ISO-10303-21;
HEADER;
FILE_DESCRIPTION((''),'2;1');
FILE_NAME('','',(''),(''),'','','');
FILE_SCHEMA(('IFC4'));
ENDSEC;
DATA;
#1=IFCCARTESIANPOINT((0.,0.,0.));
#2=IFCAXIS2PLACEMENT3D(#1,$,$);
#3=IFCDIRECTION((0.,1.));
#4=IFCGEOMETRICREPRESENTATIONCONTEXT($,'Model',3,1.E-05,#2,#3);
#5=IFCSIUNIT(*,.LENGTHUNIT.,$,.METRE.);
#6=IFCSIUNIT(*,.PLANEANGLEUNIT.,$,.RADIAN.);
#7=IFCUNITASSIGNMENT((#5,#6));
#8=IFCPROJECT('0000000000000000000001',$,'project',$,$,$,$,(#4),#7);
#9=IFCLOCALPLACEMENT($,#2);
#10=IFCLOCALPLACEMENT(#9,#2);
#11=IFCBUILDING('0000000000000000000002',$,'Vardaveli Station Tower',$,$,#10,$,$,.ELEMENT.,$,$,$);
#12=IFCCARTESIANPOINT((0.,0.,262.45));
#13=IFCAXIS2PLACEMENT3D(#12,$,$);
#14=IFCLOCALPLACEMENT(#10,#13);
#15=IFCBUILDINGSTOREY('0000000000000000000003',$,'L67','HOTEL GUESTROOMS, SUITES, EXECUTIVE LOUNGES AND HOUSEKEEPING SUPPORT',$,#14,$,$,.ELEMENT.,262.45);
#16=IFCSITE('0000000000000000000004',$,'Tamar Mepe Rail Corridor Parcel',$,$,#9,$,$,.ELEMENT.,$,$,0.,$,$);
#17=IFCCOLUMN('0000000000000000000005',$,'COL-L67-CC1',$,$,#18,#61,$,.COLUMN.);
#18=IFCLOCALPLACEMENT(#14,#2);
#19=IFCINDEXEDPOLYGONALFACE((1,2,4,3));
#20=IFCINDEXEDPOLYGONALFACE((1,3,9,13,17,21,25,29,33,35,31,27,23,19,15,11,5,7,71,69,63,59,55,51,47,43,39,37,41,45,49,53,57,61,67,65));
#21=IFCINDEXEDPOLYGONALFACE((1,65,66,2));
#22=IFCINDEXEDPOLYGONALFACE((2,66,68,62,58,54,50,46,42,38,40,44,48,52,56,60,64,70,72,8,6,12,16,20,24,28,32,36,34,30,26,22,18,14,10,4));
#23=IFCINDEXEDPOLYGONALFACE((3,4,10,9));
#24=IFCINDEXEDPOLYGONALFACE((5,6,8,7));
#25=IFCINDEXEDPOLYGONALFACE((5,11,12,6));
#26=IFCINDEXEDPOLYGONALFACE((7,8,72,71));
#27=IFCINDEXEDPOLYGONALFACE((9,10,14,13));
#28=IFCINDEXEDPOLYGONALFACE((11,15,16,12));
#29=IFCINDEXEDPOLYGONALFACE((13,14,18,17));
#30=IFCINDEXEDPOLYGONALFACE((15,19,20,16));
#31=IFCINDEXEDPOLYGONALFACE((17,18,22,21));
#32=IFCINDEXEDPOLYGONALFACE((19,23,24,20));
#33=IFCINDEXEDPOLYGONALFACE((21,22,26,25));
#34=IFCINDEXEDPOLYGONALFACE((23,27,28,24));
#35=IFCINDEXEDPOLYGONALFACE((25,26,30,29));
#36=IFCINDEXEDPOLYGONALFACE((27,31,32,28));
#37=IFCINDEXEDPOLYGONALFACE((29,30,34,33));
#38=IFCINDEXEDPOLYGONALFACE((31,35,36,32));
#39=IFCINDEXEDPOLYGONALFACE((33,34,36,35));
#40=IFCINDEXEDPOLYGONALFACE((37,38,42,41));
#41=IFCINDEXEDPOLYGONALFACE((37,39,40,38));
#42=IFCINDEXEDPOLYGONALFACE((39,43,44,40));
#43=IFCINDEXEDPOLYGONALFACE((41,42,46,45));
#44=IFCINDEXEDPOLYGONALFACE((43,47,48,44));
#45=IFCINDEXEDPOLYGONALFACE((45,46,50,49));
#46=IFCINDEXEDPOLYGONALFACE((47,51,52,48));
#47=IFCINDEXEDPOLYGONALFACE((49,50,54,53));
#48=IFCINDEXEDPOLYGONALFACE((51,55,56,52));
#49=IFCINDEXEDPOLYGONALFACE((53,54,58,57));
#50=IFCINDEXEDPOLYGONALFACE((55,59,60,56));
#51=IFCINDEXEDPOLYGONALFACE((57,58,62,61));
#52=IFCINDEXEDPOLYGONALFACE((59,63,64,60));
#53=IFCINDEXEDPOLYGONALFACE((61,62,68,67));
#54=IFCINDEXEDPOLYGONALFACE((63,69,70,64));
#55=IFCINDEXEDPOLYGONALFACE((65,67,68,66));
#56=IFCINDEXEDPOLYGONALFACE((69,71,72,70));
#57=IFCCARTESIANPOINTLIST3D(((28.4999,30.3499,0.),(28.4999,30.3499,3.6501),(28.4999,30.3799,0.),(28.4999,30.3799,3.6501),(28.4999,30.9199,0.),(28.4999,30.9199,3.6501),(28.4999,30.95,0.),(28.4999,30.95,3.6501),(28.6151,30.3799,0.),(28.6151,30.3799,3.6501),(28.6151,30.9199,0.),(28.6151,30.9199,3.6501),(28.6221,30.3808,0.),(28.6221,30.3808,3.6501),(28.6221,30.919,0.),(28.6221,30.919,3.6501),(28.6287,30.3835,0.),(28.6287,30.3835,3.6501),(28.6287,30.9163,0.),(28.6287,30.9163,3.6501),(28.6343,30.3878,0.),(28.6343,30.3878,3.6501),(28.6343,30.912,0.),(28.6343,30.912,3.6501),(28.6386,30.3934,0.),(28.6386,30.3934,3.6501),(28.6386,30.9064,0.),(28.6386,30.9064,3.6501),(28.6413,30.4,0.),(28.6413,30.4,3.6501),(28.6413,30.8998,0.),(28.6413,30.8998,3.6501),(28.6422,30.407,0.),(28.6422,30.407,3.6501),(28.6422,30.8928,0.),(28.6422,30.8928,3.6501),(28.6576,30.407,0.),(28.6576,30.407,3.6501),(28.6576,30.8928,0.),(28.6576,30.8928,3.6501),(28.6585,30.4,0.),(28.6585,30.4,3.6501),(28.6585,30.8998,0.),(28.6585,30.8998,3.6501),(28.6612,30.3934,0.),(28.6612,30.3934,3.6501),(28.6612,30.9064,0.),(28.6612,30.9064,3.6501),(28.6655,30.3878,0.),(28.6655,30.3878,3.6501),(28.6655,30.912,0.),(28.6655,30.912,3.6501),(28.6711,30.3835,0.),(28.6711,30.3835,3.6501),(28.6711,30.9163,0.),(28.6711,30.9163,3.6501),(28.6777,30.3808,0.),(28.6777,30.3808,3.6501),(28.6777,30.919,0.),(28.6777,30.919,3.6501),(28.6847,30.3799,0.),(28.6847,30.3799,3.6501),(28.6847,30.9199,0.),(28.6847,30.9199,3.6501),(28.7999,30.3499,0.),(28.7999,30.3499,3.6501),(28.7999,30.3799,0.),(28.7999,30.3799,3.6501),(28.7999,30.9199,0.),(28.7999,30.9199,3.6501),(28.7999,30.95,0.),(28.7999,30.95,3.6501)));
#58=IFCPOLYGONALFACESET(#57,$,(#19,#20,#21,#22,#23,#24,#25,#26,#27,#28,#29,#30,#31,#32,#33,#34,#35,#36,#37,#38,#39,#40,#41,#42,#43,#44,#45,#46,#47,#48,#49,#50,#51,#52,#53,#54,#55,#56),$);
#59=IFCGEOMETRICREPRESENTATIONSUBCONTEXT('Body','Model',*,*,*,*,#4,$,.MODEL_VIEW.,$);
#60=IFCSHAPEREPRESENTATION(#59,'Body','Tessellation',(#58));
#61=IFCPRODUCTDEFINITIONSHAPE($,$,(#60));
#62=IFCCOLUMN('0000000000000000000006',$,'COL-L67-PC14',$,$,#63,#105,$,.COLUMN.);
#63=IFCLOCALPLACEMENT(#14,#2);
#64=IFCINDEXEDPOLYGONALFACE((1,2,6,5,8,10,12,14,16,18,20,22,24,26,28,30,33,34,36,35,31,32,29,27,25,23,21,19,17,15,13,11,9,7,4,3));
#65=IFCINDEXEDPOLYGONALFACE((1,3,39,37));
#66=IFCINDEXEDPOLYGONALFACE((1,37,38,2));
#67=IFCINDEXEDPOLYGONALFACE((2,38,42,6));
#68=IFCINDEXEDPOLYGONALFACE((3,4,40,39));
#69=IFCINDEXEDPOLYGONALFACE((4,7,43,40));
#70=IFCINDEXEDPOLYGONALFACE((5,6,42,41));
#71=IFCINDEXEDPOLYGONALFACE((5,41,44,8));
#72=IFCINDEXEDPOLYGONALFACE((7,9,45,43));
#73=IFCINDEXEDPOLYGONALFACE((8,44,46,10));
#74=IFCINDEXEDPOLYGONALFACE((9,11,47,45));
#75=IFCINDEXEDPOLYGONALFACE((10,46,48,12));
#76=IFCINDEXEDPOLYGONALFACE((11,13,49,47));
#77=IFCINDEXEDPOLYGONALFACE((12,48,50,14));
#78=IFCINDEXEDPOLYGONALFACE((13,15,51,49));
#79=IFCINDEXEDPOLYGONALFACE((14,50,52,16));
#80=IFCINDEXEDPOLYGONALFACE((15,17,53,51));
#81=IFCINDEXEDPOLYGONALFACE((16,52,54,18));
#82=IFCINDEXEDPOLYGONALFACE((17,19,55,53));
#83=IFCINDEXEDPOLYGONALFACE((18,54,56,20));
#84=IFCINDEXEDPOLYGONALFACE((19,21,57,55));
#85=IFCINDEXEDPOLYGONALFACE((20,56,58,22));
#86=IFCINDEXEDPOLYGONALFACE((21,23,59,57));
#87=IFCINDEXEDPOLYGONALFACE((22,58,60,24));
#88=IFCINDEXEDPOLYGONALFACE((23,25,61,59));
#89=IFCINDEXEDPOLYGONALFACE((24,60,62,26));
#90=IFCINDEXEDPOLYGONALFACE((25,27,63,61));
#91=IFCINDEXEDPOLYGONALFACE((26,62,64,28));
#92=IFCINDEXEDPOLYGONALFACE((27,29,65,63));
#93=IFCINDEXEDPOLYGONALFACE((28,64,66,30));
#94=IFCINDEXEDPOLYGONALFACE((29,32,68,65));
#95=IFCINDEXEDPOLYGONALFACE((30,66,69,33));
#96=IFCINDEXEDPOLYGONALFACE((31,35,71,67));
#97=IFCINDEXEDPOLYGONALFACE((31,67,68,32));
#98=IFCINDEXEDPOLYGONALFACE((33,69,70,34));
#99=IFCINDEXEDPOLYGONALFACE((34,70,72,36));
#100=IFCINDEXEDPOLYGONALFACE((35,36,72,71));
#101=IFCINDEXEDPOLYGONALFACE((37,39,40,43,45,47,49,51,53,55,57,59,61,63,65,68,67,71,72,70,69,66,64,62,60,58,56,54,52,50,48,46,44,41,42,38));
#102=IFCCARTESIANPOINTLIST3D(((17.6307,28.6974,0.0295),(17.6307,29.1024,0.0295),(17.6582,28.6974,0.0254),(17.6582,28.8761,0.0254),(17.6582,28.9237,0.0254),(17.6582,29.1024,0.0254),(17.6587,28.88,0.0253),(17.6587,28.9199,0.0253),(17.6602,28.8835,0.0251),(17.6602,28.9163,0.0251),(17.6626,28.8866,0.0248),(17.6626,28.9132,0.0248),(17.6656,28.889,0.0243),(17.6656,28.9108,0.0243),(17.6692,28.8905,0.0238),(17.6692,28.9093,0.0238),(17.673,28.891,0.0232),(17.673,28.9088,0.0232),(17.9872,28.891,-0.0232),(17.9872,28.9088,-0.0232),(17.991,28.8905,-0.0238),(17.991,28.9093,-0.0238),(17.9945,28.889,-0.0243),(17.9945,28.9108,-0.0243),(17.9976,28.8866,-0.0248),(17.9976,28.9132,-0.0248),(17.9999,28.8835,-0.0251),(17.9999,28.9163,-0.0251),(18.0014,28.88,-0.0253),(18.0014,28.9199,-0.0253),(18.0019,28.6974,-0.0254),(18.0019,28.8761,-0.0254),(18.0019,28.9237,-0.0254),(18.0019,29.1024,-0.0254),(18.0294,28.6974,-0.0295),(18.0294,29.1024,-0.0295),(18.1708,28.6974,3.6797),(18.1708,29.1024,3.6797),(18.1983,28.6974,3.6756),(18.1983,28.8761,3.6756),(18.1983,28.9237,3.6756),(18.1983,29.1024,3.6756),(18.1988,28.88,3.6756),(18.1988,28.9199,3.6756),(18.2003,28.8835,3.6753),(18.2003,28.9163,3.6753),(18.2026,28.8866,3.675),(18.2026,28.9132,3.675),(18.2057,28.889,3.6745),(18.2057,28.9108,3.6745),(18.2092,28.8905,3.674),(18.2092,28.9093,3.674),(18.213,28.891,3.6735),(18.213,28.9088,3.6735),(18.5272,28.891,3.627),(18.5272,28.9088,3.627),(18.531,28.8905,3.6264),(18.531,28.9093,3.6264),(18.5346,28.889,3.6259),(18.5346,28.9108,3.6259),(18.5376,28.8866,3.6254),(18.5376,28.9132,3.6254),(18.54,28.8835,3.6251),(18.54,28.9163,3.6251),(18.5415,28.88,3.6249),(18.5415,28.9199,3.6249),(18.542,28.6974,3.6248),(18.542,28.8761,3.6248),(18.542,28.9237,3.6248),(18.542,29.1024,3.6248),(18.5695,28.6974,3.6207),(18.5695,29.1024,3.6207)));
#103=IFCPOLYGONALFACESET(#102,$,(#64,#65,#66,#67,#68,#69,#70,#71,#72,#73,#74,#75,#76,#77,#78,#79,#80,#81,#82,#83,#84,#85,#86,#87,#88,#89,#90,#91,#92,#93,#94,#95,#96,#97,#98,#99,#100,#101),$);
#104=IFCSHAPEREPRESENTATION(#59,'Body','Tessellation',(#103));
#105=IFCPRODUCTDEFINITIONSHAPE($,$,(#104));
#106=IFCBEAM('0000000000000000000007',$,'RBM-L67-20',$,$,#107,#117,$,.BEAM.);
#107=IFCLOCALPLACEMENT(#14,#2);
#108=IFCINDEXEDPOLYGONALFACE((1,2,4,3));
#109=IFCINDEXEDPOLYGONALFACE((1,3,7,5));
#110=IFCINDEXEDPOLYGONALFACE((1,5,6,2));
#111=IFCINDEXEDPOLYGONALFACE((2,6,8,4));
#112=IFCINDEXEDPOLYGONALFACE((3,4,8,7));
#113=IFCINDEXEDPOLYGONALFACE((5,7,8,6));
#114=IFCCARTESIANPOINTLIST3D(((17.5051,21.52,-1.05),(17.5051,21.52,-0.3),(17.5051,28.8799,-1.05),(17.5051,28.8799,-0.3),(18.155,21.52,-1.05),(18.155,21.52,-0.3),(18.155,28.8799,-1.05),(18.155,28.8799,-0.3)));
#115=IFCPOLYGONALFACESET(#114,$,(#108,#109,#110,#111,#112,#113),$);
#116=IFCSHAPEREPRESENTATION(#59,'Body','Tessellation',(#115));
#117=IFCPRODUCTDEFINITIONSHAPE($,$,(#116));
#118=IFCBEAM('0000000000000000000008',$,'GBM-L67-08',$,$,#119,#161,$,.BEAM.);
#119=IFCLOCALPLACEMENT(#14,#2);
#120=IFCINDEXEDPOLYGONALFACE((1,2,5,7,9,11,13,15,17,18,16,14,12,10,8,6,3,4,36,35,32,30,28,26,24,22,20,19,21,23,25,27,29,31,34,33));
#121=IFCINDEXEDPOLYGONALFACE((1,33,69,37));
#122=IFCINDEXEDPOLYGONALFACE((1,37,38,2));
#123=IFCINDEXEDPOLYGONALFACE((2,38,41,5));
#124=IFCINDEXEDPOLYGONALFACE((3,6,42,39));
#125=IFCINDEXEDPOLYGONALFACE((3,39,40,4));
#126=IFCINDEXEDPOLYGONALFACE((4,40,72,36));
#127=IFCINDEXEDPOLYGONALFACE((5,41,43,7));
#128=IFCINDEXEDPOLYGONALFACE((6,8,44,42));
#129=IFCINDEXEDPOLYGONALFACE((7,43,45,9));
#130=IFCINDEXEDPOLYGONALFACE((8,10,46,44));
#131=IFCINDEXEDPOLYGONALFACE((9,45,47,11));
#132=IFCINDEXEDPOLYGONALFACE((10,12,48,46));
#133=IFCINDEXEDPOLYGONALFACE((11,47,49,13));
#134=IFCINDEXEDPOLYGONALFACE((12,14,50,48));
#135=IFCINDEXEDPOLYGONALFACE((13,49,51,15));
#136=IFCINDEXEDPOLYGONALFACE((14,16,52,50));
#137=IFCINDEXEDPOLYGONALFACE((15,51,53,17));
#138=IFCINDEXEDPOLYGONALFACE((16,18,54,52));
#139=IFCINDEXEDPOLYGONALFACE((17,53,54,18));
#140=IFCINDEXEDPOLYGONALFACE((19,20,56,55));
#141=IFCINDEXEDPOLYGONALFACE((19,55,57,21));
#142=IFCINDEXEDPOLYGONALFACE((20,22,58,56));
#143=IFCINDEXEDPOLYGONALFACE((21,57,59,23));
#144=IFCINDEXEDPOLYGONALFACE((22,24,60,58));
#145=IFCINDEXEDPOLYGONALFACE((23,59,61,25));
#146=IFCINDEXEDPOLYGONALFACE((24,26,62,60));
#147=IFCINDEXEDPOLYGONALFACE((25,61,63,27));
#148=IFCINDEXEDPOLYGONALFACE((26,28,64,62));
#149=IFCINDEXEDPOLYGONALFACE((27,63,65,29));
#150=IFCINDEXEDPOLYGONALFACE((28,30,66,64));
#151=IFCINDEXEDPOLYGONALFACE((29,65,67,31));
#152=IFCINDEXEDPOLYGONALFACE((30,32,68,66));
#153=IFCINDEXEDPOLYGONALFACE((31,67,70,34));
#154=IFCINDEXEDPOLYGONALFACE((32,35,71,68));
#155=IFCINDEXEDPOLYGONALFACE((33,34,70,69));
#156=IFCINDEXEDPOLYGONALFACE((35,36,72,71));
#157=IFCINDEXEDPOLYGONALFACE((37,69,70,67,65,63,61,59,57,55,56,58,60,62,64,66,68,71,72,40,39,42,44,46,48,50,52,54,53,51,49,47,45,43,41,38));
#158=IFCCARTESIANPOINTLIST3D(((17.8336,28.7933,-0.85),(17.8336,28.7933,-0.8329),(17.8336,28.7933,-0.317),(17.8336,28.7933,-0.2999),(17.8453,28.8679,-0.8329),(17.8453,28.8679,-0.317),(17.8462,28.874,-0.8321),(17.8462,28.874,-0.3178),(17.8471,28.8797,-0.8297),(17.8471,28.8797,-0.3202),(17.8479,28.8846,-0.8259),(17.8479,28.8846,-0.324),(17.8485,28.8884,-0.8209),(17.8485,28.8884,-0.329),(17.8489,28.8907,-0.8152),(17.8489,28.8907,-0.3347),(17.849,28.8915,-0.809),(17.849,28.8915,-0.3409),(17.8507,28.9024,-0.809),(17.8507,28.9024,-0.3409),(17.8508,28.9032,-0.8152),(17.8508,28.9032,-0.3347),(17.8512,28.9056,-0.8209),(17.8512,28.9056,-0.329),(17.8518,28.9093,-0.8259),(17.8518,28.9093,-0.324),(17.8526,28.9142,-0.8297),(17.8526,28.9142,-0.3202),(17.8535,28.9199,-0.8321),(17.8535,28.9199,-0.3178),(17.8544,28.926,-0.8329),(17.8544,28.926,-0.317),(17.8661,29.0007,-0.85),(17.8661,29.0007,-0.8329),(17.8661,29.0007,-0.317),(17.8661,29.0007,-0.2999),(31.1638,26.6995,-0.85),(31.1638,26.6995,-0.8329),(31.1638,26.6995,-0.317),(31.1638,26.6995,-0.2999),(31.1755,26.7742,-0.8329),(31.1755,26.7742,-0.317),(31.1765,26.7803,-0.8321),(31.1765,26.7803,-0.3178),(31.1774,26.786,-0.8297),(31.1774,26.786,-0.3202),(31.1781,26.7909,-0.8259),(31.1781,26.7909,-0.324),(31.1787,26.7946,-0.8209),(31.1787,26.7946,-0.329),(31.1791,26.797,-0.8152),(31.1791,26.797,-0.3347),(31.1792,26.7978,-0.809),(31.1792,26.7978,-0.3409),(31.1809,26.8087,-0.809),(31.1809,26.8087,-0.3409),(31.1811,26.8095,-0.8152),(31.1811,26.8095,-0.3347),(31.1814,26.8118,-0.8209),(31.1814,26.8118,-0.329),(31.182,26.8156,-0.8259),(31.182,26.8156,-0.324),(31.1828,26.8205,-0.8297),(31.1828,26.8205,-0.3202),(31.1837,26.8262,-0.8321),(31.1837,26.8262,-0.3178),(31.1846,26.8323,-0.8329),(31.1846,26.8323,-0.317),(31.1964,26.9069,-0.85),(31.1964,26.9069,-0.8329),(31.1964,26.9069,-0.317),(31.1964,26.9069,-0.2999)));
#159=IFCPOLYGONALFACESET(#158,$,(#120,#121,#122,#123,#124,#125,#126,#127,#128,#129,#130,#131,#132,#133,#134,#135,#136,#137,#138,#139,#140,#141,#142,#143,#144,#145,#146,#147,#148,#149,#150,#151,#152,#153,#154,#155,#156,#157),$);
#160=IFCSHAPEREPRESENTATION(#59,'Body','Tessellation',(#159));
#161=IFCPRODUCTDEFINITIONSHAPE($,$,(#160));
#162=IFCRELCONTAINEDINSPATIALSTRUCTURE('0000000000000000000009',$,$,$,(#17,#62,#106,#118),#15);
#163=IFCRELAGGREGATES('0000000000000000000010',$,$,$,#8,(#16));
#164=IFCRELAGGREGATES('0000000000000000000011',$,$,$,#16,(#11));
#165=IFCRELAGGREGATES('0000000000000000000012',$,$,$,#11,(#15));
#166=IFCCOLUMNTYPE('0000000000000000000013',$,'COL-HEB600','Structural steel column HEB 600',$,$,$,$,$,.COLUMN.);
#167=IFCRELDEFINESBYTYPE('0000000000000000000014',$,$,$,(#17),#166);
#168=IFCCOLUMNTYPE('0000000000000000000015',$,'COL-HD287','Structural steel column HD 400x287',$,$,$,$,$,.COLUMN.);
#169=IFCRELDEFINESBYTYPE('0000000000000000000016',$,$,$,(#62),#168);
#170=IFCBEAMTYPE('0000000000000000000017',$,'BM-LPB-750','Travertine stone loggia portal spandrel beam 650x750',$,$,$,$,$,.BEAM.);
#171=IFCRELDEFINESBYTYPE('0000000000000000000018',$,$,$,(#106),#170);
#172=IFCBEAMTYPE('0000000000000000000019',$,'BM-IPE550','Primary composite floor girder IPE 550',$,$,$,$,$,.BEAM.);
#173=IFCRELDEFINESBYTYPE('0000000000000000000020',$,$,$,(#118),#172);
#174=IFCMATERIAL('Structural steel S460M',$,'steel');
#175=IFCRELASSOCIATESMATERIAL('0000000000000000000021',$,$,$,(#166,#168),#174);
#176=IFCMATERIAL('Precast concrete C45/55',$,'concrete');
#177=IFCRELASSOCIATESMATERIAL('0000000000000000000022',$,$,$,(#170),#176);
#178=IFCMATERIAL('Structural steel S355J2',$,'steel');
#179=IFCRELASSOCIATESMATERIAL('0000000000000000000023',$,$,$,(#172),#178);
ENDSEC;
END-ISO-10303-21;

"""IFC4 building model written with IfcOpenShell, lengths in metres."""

from ifc_helpers import new_model, si_unit, direction, frame, origin, origin_2d, place, context, subcontext, project, spatial, rectangle, i_section, extrude, source, transform, mapped, material, material_profile, profile_set, type_object, element, save


model = new_model("IFC4")

# Units and contexts
model_context = context("Model", 3, precision=1e-05, world=origin(), true_north=direction((0.0, 1.0)))
body_context = subcontext(model_context, "Body", "Model", "MODEL_VIEW")
ifc_project = project(units=[si_unit("LENGTHUNIT", "METRE"), si_unit("PLANEANGLEUNIT", "RADIAN")], contexts=[model_context])

# Site, building, storey
site_placement = place(None, origin())
site = spatial("IfcSite", under=ifc_project, at=site_placement, Name="Tamar Mepe Rail Corridor Parcel", CompositionType="ELEMENT", RefElevation=0.0)
building_placement = place(site_placement, origin())
building = spatial("IfcBuilding", under=site, at=building_placement, Name="Vardaveli Station Tower", CompositionType="ELEMENT")
storey_placement = place(building_placement, frame((0.0, 0.0, 262.45)))
storey = spatial("IfcBuildingStorey", under=building, at=storey_placement, Name="L67", Description="HOTEL GUESTROOMS, SUITES, EXECUTIVE LOUNGES AND HOUSEKEEPING SUPPORT", CompositionType="ELEMENT", Elevation=262.45)

# Columns
ifc_material_1 = material(Name="Structural steel S460M", Category="steel")
ifc_material_profile_1 = material_profile(ifc_material_1, i_section(OverallWidth=0.3, OverallDepth=0.6001, WebThickness=0.0154, FlangeThickness=0.03, FilletRadius=0.0271, at=origin_2d()), Name="HEB 600")
ifc_profile_set_1 = profile_set([ifc_material_profile_1], Name="Structural steel S460M")
column_type_1 = type_object("IfcColumnType", Name="COL-HEB600", Description="Structural steel column HEB 600", PredefinedType="COLUMN", material=ifc_profile_set_1)
shared_shape_1 = source(origin(), body_context, "Body", "SweptSolid", [
    extrude(i_section(OverallWidth=0.3, OverallDepth=0.6001, WebThickness=0.0154, FlangeThickness=0.03, FilletRadius=0.0271, at=origin_2d()), origin(), (0.0, 0.0, 1.0), 3.6501),
])
column_1_placement = place(storey_placement, frame((28.6499, 30.6499, 0.0), z_axis=(0.0, 0.0, 1.0), x_axis=(1.0, 0.0, 0.0)))
element("IfcColumn", 1, at=column_1_placement, inside=storey, type_object=column_type_1, Name="COL-L67-CC1", PredefinedType="COLUMN", context=body_context, shape_type="MappedRepresentation", body=[
    mapped(shared_shape_1, transform((0.0, 0.0, 0.0), scale=1.0)),
])
ifc_material_profile_2 = material_profile(ifc_material_1, i_section(OverallWidth=0.405, OverallDepth=0.4031, WebThickness=0.0178, FlangeThickness=0.0278, FilletRadius=0.0149, at=origin_2d()), Name="HD 400x287")
ifc_profile_set_2 = profile_set([ifc_material_profile_2], Name="Structural steel S460M")
column_type_2 = type_object("IfcColumnType", Name="COL-HD287", Description="Structural steel column HD 400x287", PredefinedType="COLUMN", material=ifc_profile_set_2)
shared_shape_2 = source(origin(), body_context, "Body", "SweptSolid", [
    extrude(i_section(OverallWidth=0.405, OverallDepth=0.4031, WebThickness=0.0178, FlangeThickness=0.0278, FilletRadius=0.0149, at=origin_2d()), origin(), (0.0, 0.0, 1.0), 3.6899),
])
column_2_placement = place(storey_placement, frame((17.8301, 28.8999, 0.0), z_axis=(0.146357, 0.0, 0.989232), x_axis=(0.0, 1.0, 0.0)))
element("IfcColumn", 2, at=column_2_placement, inside=storey, type_object=column_type_2, Name="COL-L67-PC14", PredefinedType="COLUMN", context=body_context, shape_type="MappedRepresentation", body=[
    mapped(shared_shape_2, transform((0.0, 0.0, 0.0), scale=1.0)),
])

# Beams
ifc_material_2 = material(Name="Precast concrete C45/55", Category="concrete")
ifc_material_profile_3 = material_profile(ifc_material_2, rectangle(XDim=0.6499, YDim=0.75, at=origin_2d()), Name="LPB 650x750")
ifc_profile_set_3 = profile_set([ifc_material_profile_3], Name="Precast concrete C45/55")
beam_type_1 = type_object("IfcBeamType", Name="BM-LPB-750", Description="Travertine stone loggia portal spandrel beam 650x750", PredefinedType="BEAM", material=ifc_profile_set_3)
shared_shape_3 = source(origin(), body_context, "Body", "SweptSolid", [
    extrude(rectangle(XDim=0.6499, YDim=0.75, at=origin_2d()), origin(), (0.0, 0.0, 1.0), 7.3599),
])
beam_1_placement = place(storey_placement, frame((17.8301, 28.8799, -0.675), z_axis=(0.0, -1.0, 0.0), x_axis=(1.0, 0.0, 0.0)))
element("IfcBeam", 3, at=beam_1_placement, inside=storey, type_object=beam_type_1, Name="RBM-L67-20", PredefinedType="BEAM", context=body_context, shape_type="MappedRepresentation", body=[
    mapped(shared_shape_3, transform((0.0, 0.0, 0.0), scale=1.0)),
])
ifc_material_3 = material(Name="Structural steel S355J2", Category="steel")
ifc_material_profile_4 = material_profile(ifc_material_3, i_section(OverallWidth=0.21, OverallDepth=0.55, WebThickness=0.011, FlangeThickness=0.0171, FilletRadius=0.0239, at=origin_2d()), Name="IPE 550")
ifc_profile_set_4 = profile_set([ifc_material_profile_4], Name="Structural steel S355J2")
beam_type_2 = type_object("IfcBeamType", Name="BM-IPE550", Description="Primary composite floor girder IPE 550", PredefinedType="BEAM", material=ifc_profile_set_4)
shared_shape_4 = source(origin(), body_context, "Body", "SweptSolid", [
    extrude(i_section(OverallWidth=0.21, OverallDepth=0.55, WebThickness=0.011, FlangeThickness=0.0171, FilletRadius=0.0239, at=origin_2d()), origin(), (0.0, 0.0, 1.0), 13.4937),
])
beam_2_placement = place(storey_placement, frame((17.8499, 28.897, -0.575), z_axis=(0.987889, -0.155164, 0.0), x_axis=(0.155164, 0.987889, 0.0)))
element("IfcBeam", 4, at=beam_2_placement, inside=storey, type_object=beam_type_2, Name="GBM-L67-08", PredefinedType="BEAM", context=body_context, shape_type="MappedRepresentation", body=[
    mapped(shared_shape_4, transform((0.0, 0.0, 0.0), scale=1.0)),
])

save(model, "model.ifc")
